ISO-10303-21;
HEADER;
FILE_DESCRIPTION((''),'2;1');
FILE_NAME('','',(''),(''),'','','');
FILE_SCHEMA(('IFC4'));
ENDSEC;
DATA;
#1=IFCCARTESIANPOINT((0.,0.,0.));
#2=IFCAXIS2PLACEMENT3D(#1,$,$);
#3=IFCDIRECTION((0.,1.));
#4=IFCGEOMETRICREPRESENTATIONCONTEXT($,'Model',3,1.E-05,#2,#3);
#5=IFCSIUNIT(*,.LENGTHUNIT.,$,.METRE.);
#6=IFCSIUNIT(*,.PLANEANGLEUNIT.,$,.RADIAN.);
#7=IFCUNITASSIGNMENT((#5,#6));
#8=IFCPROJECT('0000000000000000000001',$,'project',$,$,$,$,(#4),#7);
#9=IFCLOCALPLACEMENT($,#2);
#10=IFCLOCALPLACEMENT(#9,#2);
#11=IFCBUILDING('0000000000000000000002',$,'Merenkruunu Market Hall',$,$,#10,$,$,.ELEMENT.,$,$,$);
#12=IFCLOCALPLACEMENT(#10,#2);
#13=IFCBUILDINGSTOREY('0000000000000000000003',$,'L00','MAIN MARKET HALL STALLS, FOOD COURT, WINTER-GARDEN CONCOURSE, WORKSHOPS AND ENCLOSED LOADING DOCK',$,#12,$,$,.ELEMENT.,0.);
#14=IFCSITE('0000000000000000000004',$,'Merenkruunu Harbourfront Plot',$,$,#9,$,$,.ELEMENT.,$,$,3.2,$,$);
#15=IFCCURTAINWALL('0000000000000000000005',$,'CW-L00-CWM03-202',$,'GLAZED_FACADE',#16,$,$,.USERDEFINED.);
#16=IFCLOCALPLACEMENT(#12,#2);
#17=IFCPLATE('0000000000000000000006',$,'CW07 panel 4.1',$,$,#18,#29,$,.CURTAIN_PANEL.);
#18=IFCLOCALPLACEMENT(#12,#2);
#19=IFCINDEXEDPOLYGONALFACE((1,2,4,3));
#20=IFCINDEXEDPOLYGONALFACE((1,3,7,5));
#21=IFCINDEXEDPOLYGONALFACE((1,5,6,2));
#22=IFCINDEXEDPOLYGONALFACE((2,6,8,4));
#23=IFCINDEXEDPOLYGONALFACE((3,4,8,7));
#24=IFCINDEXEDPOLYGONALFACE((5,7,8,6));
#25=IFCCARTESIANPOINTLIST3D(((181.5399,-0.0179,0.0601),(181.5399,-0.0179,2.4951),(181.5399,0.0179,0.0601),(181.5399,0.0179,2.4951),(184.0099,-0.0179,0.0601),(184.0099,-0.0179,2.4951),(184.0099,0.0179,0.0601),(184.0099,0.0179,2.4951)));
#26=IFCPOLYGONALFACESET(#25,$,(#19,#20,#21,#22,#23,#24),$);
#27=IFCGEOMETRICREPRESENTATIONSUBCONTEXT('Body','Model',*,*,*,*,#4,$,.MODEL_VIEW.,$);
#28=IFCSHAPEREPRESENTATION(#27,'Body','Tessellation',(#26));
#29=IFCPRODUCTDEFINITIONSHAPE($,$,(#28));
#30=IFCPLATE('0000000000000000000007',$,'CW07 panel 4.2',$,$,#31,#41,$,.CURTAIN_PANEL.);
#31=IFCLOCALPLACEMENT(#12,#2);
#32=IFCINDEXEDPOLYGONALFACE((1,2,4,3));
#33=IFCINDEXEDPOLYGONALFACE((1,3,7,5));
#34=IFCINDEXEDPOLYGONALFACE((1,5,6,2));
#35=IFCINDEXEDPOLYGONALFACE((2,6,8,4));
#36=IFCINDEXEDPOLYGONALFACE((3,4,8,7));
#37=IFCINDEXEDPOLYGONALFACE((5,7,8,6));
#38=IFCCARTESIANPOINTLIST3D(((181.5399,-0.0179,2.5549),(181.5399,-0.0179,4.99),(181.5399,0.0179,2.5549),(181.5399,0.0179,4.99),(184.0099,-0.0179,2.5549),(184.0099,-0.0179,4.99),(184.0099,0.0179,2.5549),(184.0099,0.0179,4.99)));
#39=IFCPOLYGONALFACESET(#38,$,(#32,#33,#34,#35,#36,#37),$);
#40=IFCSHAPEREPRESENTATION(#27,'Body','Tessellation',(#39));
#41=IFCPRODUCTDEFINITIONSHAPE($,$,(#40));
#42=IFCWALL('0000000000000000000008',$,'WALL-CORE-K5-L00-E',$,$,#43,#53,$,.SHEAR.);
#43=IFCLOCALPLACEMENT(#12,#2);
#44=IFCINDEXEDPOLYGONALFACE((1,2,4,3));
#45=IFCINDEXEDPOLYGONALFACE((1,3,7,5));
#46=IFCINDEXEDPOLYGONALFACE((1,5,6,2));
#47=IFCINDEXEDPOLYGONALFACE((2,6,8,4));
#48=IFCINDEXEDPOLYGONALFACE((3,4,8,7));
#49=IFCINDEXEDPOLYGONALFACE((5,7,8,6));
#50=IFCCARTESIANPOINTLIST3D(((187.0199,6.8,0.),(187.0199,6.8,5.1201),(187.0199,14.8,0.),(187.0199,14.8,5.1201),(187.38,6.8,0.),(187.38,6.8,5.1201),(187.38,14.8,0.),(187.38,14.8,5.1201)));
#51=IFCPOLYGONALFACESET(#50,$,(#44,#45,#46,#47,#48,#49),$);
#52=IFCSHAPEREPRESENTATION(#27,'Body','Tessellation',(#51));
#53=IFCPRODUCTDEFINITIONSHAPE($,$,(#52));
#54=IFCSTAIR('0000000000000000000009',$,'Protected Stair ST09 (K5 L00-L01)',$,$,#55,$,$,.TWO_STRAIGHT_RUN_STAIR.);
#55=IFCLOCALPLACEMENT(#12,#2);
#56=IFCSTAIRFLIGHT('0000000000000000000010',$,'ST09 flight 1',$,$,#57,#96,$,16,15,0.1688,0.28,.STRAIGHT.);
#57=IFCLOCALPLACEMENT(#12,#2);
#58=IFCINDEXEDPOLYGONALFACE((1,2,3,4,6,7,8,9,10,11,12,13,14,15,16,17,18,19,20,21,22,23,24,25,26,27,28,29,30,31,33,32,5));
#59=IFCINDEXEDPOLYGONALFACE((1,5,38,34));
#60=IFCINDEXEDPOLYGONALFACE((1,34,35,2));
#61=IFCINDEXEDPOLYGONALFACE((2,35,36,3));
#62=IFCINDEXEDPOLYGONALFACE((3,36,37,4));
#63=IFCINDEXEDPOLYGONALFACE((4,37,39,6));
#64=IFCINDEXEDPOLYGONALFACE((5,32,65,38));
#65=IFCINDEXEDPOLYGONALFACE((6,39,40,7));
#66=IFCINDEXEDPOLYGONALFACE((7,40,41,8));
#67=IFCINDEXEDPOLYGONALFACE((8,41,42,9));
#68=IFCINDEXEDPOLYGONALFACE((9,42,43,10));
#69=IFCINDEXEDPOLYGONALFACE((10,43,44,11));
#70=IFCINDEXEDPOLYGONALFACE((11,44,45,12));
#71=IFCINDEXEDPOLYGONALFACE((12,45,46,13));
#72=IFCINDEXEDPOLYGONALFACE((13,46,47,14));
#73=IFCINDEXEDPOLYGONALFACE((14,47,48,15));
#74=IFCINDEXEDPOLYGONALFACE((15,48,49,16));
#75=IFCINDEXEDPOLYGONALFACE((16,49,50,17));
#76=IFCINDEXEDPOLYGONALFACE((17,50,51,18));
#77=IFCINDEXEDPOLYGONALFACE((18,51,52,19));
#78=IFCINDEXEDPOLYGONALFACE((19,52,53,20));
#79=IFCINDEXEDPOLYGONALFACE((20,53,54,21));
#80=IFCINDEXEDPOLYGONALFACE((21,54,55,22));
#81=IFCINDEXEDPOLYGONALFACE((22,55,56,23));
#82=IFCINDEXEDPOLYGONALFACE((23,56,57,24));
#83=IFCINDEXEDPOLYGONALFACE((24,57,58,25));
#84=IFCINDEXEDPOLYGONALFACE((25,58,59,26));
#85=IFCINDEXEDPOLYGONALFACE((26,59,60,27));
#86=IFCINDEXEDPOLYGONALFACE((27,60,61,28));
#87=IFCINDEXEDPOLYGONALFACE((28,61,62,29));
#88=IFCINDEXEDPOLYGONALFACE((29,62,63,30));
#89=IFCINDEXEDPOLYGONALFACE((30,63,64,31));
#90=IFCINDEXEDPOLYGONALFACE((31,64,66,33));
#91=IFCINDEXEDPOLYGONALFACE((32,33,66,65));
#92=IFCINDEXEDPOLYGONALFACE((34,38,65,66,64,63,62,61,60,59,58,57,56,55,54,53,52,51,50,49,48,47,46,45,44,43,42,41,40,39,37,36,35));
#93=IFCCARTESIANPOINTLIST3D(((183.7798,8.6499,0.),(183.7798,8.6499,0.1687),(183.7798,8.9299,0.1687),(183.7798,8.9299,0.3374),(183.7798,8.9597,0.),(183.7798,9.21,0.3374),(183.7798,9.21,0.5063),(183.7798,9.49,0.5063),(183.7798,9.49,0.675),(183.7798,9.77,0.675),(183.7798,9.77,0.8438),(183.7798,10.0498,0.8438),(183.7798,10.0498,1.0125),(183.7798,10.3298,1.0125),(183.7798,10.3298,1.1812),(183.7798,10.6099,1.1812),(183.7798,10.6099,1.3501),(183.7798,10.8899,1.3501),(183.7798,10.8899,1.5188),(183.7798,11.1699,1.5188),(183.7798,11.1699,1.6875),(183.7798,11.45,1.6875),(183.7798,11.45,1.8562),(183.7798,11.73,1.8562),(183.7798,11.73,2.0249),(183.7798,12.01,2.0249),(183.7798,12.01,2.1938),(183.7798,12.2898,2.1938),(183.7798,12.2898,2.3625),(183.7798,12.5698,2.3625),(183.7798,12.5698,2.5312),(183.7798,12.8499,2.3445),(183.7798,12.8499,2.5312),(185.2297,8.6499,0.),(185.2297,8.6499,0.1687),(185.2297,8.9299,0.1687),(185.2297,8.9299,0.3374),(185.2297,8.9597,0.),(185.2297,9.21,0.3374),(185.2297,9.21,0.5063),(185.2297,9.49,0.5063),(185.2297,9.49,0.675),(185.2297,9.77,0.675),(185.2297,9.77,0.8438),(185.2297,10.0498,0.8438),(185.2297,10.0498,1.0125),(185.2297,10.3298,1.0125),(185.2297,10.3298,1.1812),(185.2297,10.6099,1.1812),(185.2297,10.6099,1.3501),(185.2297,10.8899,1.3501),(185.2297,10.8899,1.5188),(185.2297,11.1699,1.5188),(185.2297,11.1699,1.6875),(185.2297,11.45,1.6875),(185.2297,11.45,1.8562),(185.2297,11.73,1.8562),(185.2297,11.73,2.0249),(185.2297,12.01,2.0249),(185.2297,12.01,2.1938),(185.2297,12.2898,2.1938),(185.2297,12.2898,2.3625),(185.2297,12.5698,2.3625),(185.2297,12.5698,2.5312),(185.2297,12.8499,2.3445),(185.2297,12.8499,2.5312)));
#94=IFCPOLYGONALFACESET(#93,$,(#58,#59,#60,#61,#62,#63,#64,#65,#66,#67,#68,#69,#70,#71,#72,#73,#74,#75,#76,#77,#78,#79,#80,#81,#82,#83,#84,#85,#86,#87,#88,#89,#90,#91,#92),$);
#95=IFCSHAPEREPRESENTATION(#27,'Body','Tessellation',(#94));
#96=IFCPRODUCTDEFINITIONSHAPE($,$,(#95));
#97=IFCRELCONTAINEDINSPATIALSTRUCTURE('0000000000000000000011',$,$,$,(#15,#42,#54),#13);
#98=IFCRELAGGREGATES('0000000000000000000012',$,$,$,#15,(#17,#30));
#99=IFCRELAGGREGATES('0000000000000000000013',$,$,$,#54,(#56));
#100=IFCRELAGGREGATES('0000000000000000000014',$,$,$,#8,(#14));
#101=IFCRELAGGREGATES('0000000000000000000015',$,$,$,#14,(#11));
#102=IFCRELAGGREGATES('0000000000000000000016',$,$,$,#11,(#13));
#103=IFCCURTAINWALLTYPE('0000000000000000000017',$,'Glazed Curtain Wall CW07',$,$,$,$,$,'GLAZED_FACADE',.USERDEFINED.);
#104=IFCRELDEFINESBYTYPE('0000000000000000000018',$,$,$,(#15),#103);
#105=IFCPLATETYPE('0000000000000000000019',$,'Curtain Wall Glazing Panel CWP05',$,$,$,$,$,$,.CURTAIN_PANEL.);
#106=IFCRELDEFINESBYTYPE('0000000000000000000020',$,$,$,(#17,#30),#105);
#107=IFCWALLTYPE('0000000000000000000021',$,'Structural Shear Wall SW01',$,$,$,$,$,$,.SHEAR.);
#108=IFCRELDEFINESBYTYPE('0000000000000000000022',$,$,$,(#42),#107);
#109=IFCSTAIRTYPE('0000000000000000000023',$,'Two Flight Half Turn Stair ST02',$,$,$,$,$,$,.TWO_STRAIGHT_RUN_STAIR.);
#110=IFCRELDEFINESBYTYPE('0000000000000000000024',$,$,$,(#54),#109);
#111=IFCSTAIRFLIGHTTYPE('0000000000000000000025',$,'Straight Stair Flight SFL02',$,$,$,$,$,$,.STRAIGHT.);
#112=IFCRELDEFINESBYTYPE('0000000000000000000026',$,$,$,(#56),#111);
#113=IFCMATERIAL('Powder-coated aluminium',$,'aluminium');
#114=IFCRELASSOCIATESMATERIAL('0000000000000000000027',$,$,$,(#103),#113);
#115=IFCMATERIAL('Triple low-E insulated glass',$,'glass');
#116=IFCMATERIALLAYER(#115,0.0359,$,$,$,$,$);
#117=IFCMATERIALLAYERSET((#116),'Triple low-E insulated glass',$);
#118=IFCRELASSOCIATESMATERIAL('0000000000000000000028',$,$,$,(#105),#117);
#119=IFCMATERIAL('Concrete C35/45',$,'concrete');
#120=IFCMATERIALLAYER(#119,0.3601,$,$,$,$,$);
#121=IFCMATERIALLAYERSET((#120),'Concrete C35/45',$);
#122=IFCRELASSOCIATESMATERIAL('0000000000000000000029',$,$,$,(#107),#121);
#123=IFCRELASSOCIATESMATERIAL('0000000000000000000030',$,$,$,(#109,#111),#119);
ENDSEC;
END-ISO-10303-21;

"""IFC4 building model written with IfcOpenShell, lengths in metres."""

from ifc_helpers import new_model, si_unit, direction, frame, frame_2d, origin, origin_2d, place, context, subcontext, project, spatial, polyline, rectangle, outline, extrude, material, layer, layer_set, type_object, element, aggregate, save


model = new_model("IFC4")

# Units and contexts
model_context = context("Model", 3, precision=1e-05, world=origin(), true_north=direction((0.0, 1.0)))
body_context = subcontext(model_context, "Body", "Model", "MODEL_VIEW")
ifc_project = project(units=[si_unit("LENGTHUNIT", "METRE"), si_unit("PLANEANGLEUNIT", "RADIAN")], contexts=[model_context])

# Site, building, storey
site_placement = place(None, origin())
site = spatial("IfcSite", under=ifc_project, at=site_placement, Name="Merenkruunu Harbourfront Plot", CompositionType="ELEMENT", RefElevation=3.2)
building_placement = place(site_placement, origin())
building = spatial("IfcBuilding", under=site, at=building_placement, Name="Merenkruunu Market Hall", CompositionType="ELEMENT")
storey_placement = place(building_placement, origin())
storey = spatial("IfcBuildingStorey", under=building, at=storey_placement, Name="L00", Description="MAIN MARKET HALL STALLS, FOOD COURT, WINTER-GARDEN CONCOURSE, WORKSHOPS AND ENCLOSED LOADING DOCK", CompositionType="ELEMENT", Elevation=0.0)

# Curtain wall, plates
ifc_material_1 = material(Name="Powder-coated aluminium", Category="aluminium")
curtain_wall_type = type_object("IfcCurtainWallType", Name="Glazed Curtain Wall CW07", ElementType="GLAZED_FACADE", PredefinedType="USERDEFINED", material=ifc_material_1)
curtain_wall_placement = place(storey_placement, origin())
curtain_wall = element("IfcCurtainWall", 1, at=curtain_wall_placement, inside=storey, type_object=curtain_wall_type, Name="CW-L00-CWM03-202", ObjectType="GLAZED_FACADE", PredefinedType="USERDEFINED")
ifc_material_2 = material(Name="Triple low-E insulated glass", Category="glass")
ifc_layer_1 = layer(ifc_material_2, 0.0359)
ifc_layer_set_1 = layer_set([ifc_layer_1], Name="Triple low-E insulated glass")
plate_type = type_object("IfcPlateType", Name="Curtain Wall Glazing Panel CWP05", PredefinedType="CURTAIN_PANEL", material=ifc_layer_set_1)
plate_1_placement = place(storey_placement, frame((182.7749, 0.0, 0.0601), z_axis=(0.0, 0.0, 1.0), x_axis=(-1.0, 0.0, 0.0)))
plate_1 = element("IfcPlate", 2, at=plate_1_placement, type_object=plate_type, Name="CW07 panel 4.1", PredefinedType="CURTAIN_PANEL", context=body_context, shape_type="SweptSolid", body=[
    extrude(rectangle(XDim=2.47, YDim=0.0359, at=origin_2d()), origin(), (0.0, 0.0, 1.0), 2.4351),
])
plate_2_placement = place(storey_placement, frame((182.7749, 0.0, 2.5549), z_axis=(0.0, 0.0, 1.0), x_axis=(-1.0, 0.0, 0.0)))
plate_2 = element("IfcPlate", 3, at=plate_2_placement, type_object=plate_type, Name="CW07 panel 4.2", PredefinedType="CURTAIN_PANEL", context=body_context, shape_type="SweptSolid", body=[
    extrude(rectangle(XDim=2.47, YDim=0.0359, at=origin_2d()), origin(), (0.0, 0.0, 1.0), 2.4351),
])
aggregate(curtain_wall, [plate_1, plate_2])

# Shared definitions
ifc_material_3 = material(Name="Concrete C35/45", Category="concrete")
ifc_layer_2 = layer(ifc_material_3, 0.3601)
ifc_layer_set_2 = layer_set([ifc_layer_2], Name="Concrete C35/45")
wall_type = type_object("IfcWallType", Name="Structural Shear Wall SW01", PredefinedType="SHEAR", material=ifc_layer_set_2)

# Wall
wall_1_placement = place(storey_placement, frame((187.2, 6.8, 0.0), z_axis=(0.0, 0.0, 1.0), x_axis=(0.0, 1.0, 0.0)))
element("IfcWall", 4, at=wall_1_placement, inside=storey, type_object=wall_type, Name="WALL-CORE-K5-L00-E", PredefinedType="SHEAR", context=body_context, shape_type="SweptSolid", body=[
    extrude(rectangle(XDim=8.0, YDim=0.3601, at=frame_2d((4.0, 0.0))), origin(), (0.0, 0.0, 1.0), 5.1201),
])

# Stair, stair flight
stair_type = type_object("IfcStairType", Name="Two Flight Half Turn Stair ST02", PredefinedType="TWO_STRAIGHT_RUN_STAIR", material=ifc_material_3)
stair_placement = place(storey_placement, origin())
stair = element("IfcStair", 5, at=stair_placement, inside=storey, type_object=stair_type, Name="Protected Stair ST09 (K5 L00-L01)", PredefinedType="TWO_STRAIGHT_RUN_STAIR")
stair_flight_type = type_object("IfcStairFlightType", Name="Straight Stair Flight SFL02", PredefinedType="STRAIGHT", material=ifc_material_3)
stair_flight_placement = place(storey_placement, frame((184.5049, 8.6499, 0.0), z_axis=(0.0, 0.0, 1.0), x_axis=(0.0, 1.0, 0.0)))
stair_flight = element("IfcStairFlight", 6, at=stair_flight_placement, type_object=stair_flight_type, Name="ST09 flight 1", NumberOfRisers=16, NumberOfTreads=15, PredefinedType="STRAIGHT", RiserHeight=0.1688, TreadLength=0.28, context=body_context, shape_type="SweptSolid", body=[
    extrude(outline(polyline([(0.0, 0.0), (0.0, 0.1687), (0.28, 0.1687), (0.28, 0.3374), (0.5601, 0.3374), (0.5601, 0.5063), (0.8401, 0.5063), (0.8401, 0.675), (1.1201, 0.675), (1.1201, 0.8438), (1.3999, 0.8438), (1.3999, 1.0125), (1.6799, 1.0125), (1.6799, 1.1812), (1.96, 1.1812), (1.96, 1.3501), (2.24, 1.3501), (2.24, 1.5188), (2.52, 1.5188), (2.52, 1.6875), (2.8, 1.6875), (2.8, 1.8562), (3.0801, 1.8562), (3.0801, 2.0249), (3.3601, 2.0249), (3.3601, 2.1938), (3.6399, 2.1938), (3.6399, 2.3625), (3.9199, 2.3625), (3.9199, 2.5312), (4.2, 2.5312), (4.2, 2.7), (4.2, 2.3445), (0.3098, 0.0), (0.0, 0.0)])), frame((0.0, 0.7251, 0.0), z_axis=(0.0, -1.0, 0.0), x_axis=(1.0, 0.0, 0.0)), (0.0, 0.0, 1.0), 1.45),
])
aggregate(stair, [stair_flight])

save(model, "model.ifc")
